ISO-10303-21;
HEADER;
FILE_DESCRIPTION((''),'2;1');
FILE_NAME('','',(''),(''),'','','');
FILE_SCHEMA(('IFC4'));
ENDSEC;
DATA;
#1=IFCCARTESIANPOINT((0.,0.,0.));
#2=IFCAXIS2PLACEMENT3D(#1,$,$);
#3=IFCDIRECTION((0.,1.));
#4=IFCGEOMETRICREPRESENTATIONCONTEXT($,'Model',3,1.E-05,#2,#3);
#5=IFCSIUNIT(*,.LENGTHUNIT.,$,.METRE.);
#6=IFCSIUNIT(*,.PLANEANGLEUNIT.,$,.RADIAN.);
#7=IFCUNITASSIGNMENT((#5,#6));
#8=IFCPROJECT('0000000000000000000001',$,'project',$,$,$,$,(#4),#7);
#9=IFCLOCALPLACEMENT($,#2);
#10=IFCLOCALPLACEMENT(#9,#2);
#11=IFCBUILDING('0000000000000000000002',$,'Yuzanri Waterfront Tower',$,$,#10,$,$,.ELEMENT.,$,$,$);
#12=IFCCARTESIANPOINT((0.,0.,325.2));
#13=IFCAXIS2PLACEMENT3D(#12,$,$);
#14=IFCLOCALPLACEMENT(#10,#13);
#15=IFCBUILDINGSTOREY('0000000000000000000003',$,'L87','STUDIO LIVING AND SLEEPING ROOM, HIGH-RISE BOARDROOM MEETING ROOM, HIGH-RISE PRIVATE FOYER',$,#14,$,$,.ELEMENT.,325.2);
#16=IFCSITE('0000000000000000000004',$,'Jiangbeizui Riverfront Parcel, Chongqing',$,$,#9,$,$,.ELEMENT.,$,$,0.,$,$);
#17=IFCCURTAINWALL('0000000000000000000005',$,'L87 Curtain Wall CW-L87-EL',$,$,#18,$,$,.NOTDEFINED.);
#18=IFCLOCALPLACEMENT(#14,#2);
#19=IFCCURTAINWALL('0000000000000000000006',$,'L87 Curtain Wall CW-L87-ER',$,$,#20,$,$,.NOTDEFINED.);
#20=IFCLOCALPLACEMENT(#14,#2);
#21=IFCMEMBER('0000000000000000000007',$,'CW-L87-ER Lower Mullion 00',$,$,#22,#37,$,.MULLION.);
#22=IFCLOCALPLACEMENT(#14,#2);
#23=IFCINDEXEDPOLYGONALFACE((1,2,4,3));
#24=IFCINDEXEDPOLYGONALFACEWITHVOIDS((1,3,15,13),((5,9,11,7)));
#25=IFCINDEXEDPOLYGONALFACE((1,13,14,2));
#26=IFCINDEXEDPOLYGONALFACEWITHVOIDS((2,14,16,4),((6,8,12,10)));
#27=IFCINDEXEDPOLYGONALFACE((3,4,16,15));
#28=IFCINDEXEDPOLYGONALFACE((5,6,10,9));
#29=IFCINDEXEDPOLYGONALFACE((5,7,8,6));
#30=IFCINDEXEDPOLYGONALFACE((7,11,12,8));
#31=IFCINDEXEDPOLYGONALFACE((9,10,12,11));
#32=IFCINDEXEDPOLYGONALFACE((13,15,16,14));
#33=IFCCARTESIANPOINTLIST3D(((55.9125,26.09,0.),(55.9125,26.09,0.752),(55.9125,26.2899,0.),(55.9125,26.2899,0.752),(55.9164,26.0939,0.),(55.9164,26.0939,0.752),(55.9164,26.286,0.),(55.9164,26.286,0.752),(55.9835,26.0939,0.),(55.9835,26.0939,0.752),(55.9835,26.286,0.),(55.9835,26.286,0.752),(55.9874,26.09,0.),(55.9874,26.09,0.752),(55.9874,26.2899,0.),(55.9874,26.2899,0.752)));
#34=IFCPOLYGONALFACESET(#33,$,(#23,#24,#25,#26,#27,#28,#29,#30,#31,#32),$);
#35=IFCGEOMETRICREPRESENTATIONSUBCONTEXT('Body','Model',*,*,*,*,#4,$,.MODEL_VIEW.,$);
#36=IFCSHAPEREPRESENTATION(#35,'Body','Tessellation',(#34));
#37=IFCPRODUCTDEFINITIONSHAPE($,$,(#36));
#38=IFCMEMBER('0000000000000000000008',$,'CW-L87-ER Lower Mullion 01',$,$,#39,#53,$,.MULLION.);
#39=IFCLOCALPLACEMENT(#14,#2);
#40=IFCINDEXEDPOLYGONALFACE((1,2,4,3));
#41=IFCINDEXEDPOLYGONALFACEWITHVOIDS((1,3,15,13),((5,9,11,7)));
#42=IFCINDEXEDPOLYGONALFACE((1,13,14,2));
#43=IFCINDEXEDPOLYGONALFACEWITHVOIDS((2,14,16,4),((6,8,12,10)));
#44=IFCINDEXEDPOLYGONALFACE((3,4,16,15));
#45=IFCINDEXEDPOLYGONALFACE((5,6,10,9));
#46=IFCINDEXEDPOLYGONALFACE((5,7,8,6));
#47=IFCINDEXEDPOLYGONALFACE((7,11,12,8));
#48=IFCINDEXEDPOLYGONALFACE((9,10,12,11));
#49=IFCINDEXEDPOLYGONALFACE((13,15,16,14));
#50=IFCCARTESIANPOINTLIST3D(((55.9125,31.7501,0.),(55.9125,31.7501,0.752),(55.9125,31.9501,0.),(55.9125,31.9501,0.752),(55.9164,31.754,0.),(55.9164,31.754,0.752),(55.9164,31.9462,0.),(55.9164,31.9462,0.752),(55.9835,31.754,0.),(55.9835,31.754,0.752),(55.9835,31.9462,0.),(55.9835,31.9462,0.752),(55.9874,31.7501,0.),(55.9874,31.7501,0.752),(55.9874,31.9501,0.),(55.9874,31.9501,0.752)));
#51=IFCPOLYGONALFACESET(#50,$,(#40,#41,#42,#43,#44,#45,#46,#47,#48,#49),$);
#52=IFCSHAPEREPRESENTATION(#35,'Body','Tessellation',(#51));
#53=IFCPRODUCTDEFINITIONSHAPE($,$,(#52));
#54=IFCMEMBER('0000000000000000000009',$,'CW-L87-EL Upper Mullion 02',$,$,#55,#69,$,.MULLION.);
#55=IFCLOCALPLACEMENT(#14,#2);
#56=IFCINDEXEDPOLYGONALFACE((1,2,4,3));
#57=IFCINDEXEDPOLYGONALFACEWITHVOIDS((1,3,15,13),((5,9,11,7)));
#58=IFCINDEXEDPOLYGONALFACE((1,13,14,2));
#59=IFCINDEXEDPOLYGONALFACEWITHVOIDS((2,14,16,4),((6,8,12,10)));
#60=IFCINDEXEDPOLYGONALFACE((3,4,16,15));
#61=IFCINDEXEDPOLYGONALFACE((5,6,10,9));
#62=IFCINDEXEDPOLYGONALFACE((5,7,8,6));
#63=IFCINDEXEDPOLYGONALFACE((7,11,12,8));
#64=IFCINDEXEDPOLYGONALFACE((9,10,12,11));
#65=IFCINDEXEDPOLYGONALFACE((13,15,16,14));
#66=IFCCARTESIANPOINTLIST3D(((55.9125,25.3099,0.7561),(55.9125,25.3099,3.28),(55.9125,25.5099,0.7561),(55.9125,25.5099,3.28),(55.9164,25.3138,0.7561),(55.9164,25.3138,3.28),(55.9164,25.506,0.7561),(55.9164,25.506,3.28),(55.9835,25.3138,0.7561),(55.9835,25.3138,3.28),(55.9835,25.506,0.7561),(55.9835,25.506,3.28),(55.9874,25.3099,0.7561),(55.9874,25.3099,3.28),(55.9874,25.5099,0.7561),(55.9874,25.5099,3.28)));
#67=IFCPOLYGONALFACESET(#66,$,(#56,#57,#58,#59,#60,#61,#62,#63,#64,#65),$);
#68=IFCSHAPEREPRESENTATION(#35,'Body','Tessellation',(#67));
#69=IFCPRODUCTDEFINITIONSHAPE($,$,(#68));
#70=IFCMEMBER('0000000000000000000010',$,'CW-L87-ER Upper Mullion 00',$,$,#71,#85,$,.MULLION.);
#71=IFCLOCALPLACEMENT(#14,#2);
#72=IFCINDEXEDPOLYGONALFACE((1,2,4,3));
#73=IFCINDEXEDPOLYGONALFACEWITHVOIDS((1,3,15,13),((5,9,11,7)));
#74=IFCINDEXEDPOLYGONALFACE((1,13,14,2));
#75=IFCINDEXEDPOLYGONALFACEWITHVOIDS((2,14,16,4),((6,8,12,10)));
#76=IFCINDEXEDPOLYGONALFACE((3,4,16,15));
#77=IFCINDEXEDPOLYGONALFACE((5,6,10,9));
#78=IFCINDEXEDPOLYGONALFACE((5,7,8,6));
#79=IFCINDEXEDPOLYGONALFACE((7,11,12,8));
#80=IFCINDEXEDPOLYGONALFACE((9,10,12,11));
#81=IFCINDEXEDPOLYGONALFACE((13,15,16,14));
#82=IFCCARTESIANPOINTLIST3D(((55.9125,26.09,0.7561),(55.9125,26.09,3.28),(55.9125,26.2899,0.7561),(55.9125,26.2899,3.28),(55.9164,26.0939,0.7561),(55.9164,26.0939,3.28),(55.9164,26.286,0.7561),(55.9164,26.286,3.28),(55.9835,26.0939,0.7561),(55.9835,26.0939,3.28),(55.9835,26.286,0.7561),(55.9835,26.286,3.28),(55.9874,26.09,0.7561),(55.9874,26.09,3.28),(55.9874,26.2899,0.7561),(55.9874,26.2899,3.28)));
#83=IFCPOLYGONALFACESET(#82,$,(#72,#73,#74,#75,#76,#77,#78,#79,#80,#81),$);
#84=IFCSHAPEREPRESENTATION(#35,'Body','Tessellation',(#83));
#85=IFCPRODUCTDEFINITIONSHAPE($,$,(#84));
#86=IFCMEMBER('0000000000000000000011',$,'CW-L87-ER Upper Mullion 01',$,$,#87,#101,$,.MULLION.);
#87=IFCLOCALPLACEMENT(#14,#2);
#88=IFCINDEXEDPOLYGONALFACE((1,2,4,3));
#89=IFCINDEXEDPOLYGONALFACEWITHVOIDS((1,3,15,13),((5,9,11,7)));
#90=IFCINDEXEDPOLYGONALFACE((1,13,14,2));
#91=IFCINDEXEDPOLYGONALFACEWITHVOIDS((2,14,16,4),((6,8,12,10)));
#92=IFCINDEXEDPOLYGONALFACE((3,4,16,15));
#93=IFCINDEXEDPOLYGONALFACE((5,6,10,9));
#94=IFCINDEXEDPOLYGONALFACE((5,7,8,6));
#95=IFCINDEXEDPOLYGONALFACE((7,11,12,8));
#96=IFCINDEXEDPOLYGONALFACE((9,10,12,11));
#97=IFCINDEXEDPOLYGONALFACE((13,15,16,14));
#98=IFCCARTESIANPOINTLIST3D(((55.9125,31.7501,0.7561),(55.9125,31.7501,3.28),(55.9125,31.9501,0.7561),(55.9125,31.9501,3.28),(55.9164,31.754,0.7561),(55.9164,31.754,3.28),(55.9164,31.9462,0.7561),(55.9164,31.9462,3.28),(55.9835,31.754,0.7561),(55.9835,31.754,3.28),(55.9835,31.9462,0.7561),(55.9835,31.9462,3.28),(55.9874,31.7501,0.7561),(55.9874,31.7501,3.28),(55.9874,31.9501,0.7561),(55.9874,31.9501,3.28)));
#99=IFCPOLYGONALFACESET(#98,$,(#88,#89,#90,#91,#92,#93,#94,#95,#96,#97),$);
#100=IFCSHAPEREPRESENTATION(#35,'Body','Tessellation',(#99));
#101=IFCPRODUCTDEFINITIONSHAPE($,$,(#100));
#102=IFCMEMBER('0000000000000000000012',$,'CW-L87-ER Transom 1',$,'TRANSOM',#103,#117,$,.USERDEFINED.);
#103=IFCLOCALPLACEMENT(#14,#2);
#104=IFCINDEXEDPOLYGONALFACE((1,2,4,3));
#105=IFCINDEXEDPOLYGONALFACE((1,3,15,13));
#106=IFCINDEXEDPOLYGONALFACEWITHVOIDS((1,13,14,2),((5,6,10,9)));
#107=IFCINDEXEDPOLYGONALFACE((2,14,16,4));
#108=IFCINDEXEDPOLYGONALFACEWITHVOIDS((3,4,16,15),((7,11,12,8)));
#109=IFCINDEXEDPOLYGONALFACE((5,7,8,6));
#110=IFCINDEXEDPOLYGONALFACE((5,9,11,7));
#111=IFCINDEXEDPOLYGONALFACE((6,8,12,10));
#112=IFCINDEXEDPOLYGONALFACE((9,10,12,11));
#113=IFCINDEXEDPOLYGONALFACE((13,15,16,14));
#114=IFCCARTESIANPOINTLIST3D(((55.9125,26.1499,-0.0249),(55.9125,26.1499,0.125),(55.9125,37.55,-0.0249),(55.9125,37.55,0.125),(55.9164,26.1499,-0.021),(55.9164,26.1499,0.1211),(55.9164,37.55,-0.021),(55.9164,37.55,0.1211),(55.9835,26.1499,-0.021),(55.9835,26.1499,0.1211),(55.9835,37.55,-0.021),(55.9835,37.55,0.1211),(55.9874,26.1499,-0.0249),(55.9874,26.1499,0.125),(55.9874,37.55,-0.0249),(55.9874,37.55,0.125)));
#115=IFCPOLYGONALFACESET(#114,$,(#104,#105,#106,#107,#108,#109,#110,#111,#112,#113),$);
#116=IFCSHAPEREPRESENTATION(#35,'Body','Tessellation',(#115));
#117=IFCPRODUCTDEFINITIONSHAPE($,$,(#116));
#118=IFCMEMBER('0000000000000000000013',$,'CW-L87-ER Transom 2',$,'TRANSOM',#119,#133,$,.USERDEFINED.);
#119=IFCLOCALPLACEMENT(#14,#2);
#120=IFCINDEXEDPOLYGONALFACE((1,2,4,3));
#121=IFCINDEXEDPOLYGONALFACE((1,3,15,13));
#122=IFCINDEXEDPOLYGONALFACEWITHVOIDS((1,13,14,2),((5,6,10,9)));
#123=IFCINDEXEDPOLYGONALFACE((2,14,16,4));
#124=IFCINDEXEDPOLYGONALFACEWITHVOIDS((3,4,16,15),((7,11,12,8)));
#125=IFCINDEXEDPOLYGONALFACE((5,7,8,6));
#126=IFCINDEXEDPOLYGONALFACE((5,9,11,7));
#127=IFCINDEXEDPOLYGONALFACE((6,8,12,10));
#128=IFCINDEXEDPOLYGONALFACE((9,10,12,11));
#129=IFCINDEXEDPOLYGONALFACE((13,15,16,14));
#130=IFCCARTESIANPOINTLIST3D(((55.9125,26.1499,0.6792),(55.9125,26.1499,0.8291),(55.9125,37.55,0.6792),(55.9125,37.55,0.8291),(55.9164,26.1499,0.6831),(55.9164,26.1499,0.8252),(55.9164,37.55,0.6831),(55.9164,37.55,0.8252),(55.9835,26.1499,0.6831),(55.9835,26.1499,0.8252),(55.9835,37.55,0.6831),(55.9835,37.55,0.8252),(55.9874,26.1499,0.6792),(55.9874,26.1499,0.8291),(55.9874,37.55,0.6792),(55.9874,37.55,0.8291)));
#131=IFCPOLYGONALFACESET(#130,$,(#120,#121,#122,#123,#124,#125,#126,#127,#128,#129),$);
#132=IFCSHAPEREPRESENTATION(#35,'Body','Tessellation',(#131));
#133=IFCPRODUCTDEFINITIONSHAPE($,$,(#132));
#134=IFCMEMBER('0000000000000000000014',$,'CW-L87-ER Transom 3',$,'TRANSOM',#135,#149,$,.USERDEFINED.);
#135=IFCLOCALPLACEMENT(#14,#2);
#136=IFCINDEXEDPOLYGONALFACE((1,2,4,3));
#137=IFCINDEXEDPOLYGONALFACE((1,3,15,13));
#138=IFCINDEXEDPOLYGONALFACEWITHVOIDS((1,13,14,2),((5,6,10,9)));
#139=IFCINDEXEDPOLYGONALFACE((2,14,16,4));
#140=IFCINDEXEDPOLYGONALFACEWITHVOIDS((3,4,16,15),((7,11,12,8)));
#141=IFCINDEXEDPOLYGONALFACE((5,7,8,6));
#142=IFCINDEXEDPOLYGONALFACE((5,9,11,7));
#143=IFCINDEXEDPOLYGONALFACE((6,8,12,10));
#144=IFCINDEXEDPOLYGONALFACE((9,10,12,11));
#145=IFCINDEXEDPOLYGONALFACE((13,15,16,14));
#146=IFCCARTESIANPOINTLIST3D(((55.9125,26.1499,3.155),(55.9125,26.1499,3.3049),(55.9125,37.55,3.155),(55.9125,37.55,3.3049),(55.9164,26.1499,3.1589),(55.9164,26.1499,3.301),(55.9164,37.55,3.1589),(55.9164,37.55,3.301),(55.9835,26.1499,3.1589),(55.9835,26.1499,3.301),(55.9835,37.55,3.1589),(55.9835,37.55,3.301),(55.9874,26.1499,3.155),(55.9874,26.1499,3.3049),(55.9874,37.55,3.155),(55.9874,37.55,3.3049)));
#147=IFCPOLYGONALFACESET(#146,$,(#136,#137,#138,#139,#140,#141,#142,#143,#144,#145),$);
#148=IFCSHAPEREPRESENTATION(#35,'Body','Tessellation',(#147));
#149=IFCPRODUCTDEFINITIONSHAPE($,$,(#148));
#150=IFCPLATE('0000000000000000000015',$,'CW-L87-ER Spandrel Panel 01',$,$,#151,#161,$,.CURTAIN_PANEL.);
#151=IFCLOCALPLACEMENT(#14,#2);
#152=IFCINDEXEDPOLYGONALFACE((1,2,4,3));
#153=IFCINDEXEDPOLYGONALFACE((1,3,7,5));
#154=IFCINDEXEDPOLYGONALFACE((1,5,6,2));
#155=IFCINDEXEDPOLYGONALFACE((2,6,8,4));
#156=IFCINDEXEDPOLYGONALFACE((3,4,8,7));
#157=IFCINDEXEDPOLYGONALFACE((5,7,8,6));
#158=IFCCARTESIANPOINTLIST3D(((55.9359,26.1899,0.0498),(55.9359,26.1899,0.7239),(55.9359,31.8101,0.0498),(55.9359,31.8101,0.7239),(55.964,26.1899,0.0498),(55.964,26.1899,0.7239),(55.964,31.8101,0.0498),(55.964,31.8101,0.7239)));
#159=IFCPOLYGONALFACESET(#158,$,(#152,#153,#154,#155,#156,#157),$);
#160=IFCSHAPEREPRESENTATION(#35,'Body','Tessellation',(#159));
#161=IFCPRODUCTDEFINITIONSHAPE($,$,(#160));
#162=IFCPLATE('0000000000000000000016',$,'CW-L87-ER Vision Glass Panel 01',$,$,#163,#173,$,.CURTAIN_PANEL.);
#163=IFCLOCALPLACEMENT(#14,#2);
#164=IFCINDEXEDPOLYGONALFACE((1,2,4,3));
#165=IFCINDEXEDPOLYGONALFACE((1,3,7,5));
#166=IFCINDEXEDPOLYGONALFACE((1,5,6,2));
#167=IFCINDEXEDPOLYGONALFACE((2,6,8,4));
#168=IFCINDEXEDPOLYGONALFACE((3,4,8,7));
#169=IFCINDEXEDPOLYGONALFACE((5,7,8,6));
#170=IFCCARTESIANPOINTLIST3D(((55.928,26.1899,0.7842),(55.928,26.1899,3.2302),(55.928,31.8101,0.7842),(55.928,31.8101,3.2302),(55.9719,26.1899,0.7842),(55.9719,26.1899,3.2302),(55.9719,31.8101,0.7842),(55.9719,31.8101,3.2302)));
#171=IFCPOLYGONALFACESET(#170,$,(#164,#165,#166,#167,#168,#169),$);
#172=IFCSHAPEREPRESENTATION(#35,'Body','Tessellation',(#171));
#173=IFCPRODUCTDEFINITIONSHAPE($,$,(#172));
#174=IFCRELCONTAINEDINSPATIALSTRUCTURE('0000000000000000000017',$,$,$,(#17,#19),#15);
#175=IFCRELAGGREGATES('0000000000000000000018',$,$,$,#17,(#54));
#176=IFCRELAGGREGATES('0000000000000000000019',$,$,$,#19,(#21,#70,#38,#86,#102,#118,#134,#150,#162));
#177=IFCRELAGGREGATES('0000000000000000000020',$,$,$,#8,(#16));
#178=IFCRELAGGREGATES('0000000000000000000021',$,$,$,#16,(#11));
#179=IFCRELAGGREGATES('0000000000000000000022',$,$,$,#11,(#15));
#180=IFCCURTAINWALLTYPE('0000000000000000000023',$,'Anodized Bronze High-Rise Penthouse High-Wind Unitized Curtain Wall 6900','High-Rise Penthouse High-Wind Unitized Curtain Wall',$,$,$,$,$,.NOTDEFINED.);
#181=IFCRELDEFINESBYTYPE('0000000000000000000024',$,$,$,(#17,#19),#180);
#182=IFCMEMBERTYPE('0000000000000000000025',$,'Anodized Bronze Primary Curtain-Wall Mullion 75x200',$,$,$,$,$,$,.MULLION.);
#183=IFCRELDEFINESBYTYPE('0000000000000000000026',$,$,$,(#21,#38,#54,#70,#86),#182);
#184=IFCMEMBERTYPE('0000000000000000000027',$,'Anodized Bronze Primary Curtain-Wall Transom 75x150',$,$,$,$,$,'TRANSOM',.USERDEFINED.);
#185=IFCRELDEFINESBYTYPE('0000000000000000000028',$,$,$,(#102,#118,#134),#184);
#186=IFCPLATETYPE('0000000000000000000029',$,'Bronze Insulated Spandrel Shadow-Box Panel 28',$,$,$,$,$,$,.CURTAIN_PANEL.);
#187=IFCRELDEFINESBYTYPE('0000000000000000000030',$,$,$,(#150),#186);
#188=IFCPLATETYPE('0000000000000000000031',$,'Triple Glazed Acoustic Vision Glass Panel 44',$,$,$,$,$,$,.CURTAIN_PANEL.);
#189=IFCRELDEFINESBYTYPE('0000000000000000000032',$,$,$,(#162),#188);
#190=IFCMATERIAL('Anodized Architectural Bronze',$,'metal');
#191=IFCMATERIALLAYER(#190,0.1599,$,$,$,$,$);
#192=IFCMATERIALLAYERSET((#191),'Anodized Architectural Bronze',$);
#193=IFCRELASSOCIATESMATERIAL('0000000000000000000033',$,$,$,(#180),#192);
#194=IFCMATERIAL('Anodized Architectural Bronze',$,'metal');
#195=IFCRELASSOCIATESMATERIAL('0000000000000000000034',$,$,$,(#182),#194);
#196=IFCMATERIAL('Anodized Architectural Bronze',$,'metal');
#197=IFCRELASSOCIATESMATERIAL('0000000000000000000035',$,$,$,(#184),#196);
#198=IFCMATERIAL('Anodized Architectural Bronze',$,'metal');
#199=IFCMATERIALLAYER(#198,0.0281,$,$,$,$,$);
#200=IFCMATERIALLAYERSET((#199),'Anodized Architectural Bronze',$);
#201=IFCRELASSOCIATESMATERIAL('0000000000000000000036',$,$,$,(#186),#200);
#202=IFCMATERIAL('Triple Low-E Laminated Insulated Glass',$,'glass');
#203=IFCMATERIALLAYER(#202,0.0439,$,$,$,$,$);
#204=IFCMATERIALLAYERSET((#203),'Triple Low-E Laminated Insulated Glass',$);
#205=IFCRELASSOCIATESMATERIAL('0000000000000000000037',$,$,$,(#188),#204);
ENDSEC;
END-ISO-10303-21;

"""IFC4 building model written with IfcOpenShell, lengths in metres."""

from ifc_helpers import new_model, si_unit, direction, frame, origin, origin_2d, place, context, subcontext, project, spatial, rectangle, hollow_rectangle, extrude, source, transform, mapped, material, layer, layer_set, material_profile, profile_set, type_object, element, aggregate, save


model = new_model("IFC4")

# Units and contexts
model_context = context("Model", 3, precision=1e-05, world=origin(), true_north=direction((0.0, 1.0)))
body_context = subcontext(model_context, "Body", "Model", "MODEL_VIEW")
ifc_project = project(units=[si_unit("LENGTHUNIT", "METRE"), si_unit("PLANEANGLEUNIT", "RADIAN")], contexts=[model_context])

# Site, building, storey
site_placement = place(None, origin())
site = spatial("IfcSite", under=ifc_project, at=site_placement, Name="Jiangbeizui Riverfront Parcel, Chongqing", CompositionType="ELEMENT", RefElevation=0.0)
building_placement = place(site_placement, origin())
building = spatial("IfcBuilding", under=site, at=building_placement, Name="Yuzanri Waterfront Tower", CompositionType="ELEMENT")
storey_placement = place(building_placement, frame((0.0, 0.0, 325.2)))
storey = spatial("IfcBuildingStorey", under=building, at=storey_placement, Name="L87", Description="STUDIO LIVING AND SLEEPING ROOM, HIGH-RISE BOARDROOM MEETING ROOM, HIGH-RISE PRIVATE FOYER", CompositionType="ELEMENT", Elevation=325.2)

# Curtain wall
ifc_material_1 = material(Name="Anodized Architectural Bronze", Category="metal")
ifc_layer_1 = layer(ifc_material_1, 0.1599)
ifc_layer_set_1 = layer_set([ifc_layer_1], Name="Anodized Architectural Bronze")
curtain_wall_type = type_object("IfcCurtainWallType", Name="Anodized Bronze High-Rise Penthouse High-Wind Unitized Curtain Wall 6900", Description="High-Rise Penthouse High-Wind Unitized Curtain Wall", PredefinedType="NOTDEFINED", material=ifc_layer_set_1)
curtain_wall_1_placement = place(storey_placement, origin())
curtain_wall_1 = element("IfcCurtainWall", 1, at=curtain_wall_1_placement, inside=storey, type_object=curtain_wall_type, Name="L87 Curtain Wall CW-L87-EL", PredefinedType="NOTDEFINED")
ifc_material_2 = material(Name="Anodized Architectural Bronze", Category="metal")
ifc_material_profile_1 = material_profile(ifc_material_2, hollow_rectangle(XDim=0.075, YDim=0.2, WallThickness=0.0039, at=origin_2d()), Name="CWM 75x200")
ifc_profile_set_1 = profile_set([ifc_material_profile_1], Name="Anodized Architectural Bronze")
member_type_1 = type_object("IfcMemberType", Name="Anodized Bronze Primary Curtain-Wall Mullion 75x200", PredefinedType="MULLION", material=ifc_profile_set_1)
shared_shape_1 = source(origin(), body_context, "Body", "SweptSolid", [
    extrude(hollow_rectangle(XDim=0.075, YDim=0.2, WallThickness=0.0039, at=origin_2d()), origin(), (0.0, 0.0, 1.0), 0.752),
])

# Curtain wall, members
curtain_wall_2_placement = place(storey_placement, origin())
curtain_wall_2 = element("IfcCurtainWall", 2, at=curtain_wall_2_placement, inside=storey, type_object=curtain_wall_type, Name="L87 Curtain Wall CW-L87-ER", PredefinedType="NOTDEFINED")
member_1_placement = place(storey_placement, frame((55.95, 26.1899, 0.0), z_axis=(0.0, 0.0, 1.0), x_axis=(1.0, 0.0, 0.0)))
member_1 = element("IfcMember", 3, at=member_1_placement, type_object=member_type_1, Name="CW-L87-ER Lower Mullion 00", PredefinedType="MULLION", context=body_context, shape_type="MappedRepresentation", body=[
    mapped(shared_shape_1, transform((0.0, 0.0, 0.0), scale=1.0)),
])
member_2_placement = place(storey_placement, frame((55.95, 31.8501, 0.0), z_axis=(0.0, 0.0, 1.0), x_axis=(1.0, 0.0, 0.0)))
member_2 = element("IfcMember", 4, at=member_2_placement, type_object=member_type_1, Name="CW-L87-ER Lower Mullion 01", PredefinedType="MULLION", context=body_context, shape_type="MappedRepresentation", body=[
    mapped(shared_shape_1, transform((0.0, 0.0, 0.0), scale=1.0)),
])

# Members
shared_shape_2 = source(origin(), body_context, "Body", "SweptSolid", [
    extrude(hollow_rectangle(XDim=0.075, YDim=0.2, WallThickness=0.0039, at=origin_2d()), origin(), (0.0, 0.0, 1.0), 2.5239),
])
member_3_placement = place(storey_placement, frame((55.95, 25.4099, 0.7561), z_axis=(0.0, 0.0, 1.0), x_axis=(1.0, 0.0, 0.0)))
member_3 = element("IfcMember", 5, at=member_3_placement, type_object=member_type_1, Name="CW-L87-EL Upper Mullion 02", PredefinedType="MULLION", context=body_context, shape_type="MappedRepresentation", body=[
    mapped(shared_shape_2, transform((0.0, 0.0, 0.0), scale=1.0)),
])
aggregate(curtain_wall_1, [member_3])
member_4_placement = place(storey_placement, frame((55.95, 26.1899, 0.7561), z_axis=(0.0, 0.0, 1.0), x_axis=(1.0, 0.0, 0.0)))
member_4 = element("IfcMember", 6, at=member_4_placement, type_object=member_type_1, Name="CW-L87-ER Upper Mullion 00", PredefinedType="MULLION", context=body_context, shape_type="MappedRepresentation", body=[
    mapped(shared_shape_2, transform((0.0, 0.0, 0.0), scale=1.0)),
])
member_5_placement = place(storey_placement, frame((55.95, 31.8501, 0.7561), z_axis=(0.0, 0.0, 1.0), x_axis=(1.0, 0.0, 0.0)))
member_5 = element("IfcMember", 7, at=member_5_placement, type_object=member_type_1, Name="CW-L87-ER Upper Mullion 01", PredefinedType="MULLION", context=body_context, shape_type="MappedRepresentation", body=[
    mapped(shared_shape_2, transform((0.0, 0.0, 0.0), scale=1.0)),
])
ifc_material_3 = material(Name="Anodized Architectural Bronze", Category="metal")
ifc_material_profile_2 = material_profile(ifc_material_3, hollow_rectangle(XDim=0.075, YDim=0.1499, WallThickness=0.0039, at=origin_2d()), Name="CWT 75x150")
ifc_profile_set_2 = profile_set([ifc_material_profile_2], Name="Anodized Architectural Bronze")
member_type_2 = type_object("IfcMemberType", Name="Anodized Bronze Primary Curtain-Wall Transom 75x150", ElementType="TRANSOM", PredefinedType="USERDEFINED", material=ifc_profile_set_2)
shared_shape_3 = source(origin(), body_context, "Body", "SweptSolid", [
    extrude(hollow_rectangle(XDim=0.075, YDim=0.1499, WallThickness=0.0039, at=origin_2d()), origin(), (0.0, 0.0, 1.0), 11.4001),
])
member_6_placement = place(storey_placement, frame((55.95, 26.1499, 0.05), z_axis=(0.0, 1.0, 0.0), x_axis=(-1.0, 0.0, 0.0)))
member_6 = element("IfcMember", 8, at=member_6_placement, type_object=member_type_2, Name="CW-L87-ER Transom 1", ObjectType="TRANSOM", PredefinedType="USERDEFINED", context=body_context, shape_type="MappedRepresentation", body=[
    mapped(shared_shape_3, transform((0.0, 0.0, 0.0), scale=1.0)),
])
member_7_placement = place(storey_placement, frame((55.95, 26.1499, 0.7542), z_axis=(0.0, 1.0, 0.0), x_axis=(-1.0, 0.0, 0.0)))
member_7 = element("IfcMember", 9, at=member_7_placement, type_object=member_type_2, Name="CW-L87-ER Transom 2", ObjectType="TRANSOM", PredefinedType="USERDEFINED", context=body_context, shape_type="MappedRepresentation", body=[
    mapped(shared_shape_3, transform((0.0, 0.0, 0.0), scale=1.0)),
])
member_8_placement = place(storey_placement, frame((55.95, 26.1499, 3.23), z_axis=(0.0, 1.0, 0.0), x_axis=(-1.0, 0.0, 0.0)))
member_8 = element("IfcMember", 10, at=member_8_placement, type_object=member_type_2, Name="CW-L87-ER Transom 3", ObjectType="TRANSOM", PredefinedType="USERDEFINED", context=body_context, shape_type="MappedRepresentation", body=[
    mapped(shared_shape_3, transform((0.0, 0.0, 0.0), scale=1.0)),
])

# Plates
ifc_material_4 = material(Name="Anodized Architectural Bronze", Category="metal")
ifc_layer_2 = layer(ifc_material_4, 0.0281)
ifc_layer_set_2 = layer_set([ifc_layer_2], Name="Anodized Architectural Bronze")
plate_type_1 = type_object("IfcPlateType", Name="Bronze Insulated Spandrel Shadow-Box Panel 28", PredefinedType="CURTAIN_PANEL", material=ifc_layer_set_2)
shared_shape_4 = source(origin(), body_context, "Body", "SweptSolid", [
    extrude(rectangle(XDim=5.6201, YDim=0.0281, at=origin_2d()), origin(), (0.0, 0.0, 1.0), 0.6741),
])
plate_1_placement = place(storey_placement, frame((55.95, 29.0, 0.0498), z_axis=(0.0, 0.0, 1.0), x_axis=(0.0, 1.0, 0.0)))
plate_1 = element("IfcPlate", 11, at=plate_1_placement, type_object=plate_type_1, Name="CW-L87-ER Spandrel Panel 01", PredefinedType="CURTAIN_PANEL", context=body_context, shape_type="MappedRepresentation", body=[
    mapped(shared_shape_4, transform((0.0, 0.0, 0.0), scale=1.0)),
])
ifc_material_5 = material(Name="Triple Low-E Laminated Insulated Glass", Category="glass")
ifc_layer_3 = layer(ifc_material_5, 0.0439)
ifc_layer_set_3 = layer_set([ifc_layer_3], Name="Triple Low-E Laminated Insulated Glass")
plate_type_2 = type_object("IfcPlateType", Name="Triple Glazed Acoustic Vision Glass Panel 44", PredefinedType="CURTAIN_PANEL", material=ifc_layer_set_3)
shared_shape_5 = source(origin(), body_context, "Body", "SweptSolid", [
    extrude(rectangle(XDim=5.6201, YDim=0.0439, at=origin_2d()), origin(), (0.0, 0.0, 1.0), 2.446),
])
plate_2_placement = place(storey_placement, frame((55.95, 29.0, 0.7842), z_axis=(0.0, 0.0, 1.0), x_axis=(0.0, 1.0, 0.0)))
plate_2 = element("IfcPlate", 12, at=plate_2_placement, type_object=plate_type_2, Name="CW-L87-ER Vision Glass Panel 01", PredefinedType="CURTAIN_PANEL", context=body_context, shape_type="MappedRepresentation", body=[
    mapped(shared_shape_5, transform((0.0, 0.0, 0.0), scale=1.0)),
])
aggregate(curtain_wall_2, [member_1, member_4, member_2, member_5, member_6, member_7, member_8, plate_1, plate_2])

save(model, "model.ifc")
